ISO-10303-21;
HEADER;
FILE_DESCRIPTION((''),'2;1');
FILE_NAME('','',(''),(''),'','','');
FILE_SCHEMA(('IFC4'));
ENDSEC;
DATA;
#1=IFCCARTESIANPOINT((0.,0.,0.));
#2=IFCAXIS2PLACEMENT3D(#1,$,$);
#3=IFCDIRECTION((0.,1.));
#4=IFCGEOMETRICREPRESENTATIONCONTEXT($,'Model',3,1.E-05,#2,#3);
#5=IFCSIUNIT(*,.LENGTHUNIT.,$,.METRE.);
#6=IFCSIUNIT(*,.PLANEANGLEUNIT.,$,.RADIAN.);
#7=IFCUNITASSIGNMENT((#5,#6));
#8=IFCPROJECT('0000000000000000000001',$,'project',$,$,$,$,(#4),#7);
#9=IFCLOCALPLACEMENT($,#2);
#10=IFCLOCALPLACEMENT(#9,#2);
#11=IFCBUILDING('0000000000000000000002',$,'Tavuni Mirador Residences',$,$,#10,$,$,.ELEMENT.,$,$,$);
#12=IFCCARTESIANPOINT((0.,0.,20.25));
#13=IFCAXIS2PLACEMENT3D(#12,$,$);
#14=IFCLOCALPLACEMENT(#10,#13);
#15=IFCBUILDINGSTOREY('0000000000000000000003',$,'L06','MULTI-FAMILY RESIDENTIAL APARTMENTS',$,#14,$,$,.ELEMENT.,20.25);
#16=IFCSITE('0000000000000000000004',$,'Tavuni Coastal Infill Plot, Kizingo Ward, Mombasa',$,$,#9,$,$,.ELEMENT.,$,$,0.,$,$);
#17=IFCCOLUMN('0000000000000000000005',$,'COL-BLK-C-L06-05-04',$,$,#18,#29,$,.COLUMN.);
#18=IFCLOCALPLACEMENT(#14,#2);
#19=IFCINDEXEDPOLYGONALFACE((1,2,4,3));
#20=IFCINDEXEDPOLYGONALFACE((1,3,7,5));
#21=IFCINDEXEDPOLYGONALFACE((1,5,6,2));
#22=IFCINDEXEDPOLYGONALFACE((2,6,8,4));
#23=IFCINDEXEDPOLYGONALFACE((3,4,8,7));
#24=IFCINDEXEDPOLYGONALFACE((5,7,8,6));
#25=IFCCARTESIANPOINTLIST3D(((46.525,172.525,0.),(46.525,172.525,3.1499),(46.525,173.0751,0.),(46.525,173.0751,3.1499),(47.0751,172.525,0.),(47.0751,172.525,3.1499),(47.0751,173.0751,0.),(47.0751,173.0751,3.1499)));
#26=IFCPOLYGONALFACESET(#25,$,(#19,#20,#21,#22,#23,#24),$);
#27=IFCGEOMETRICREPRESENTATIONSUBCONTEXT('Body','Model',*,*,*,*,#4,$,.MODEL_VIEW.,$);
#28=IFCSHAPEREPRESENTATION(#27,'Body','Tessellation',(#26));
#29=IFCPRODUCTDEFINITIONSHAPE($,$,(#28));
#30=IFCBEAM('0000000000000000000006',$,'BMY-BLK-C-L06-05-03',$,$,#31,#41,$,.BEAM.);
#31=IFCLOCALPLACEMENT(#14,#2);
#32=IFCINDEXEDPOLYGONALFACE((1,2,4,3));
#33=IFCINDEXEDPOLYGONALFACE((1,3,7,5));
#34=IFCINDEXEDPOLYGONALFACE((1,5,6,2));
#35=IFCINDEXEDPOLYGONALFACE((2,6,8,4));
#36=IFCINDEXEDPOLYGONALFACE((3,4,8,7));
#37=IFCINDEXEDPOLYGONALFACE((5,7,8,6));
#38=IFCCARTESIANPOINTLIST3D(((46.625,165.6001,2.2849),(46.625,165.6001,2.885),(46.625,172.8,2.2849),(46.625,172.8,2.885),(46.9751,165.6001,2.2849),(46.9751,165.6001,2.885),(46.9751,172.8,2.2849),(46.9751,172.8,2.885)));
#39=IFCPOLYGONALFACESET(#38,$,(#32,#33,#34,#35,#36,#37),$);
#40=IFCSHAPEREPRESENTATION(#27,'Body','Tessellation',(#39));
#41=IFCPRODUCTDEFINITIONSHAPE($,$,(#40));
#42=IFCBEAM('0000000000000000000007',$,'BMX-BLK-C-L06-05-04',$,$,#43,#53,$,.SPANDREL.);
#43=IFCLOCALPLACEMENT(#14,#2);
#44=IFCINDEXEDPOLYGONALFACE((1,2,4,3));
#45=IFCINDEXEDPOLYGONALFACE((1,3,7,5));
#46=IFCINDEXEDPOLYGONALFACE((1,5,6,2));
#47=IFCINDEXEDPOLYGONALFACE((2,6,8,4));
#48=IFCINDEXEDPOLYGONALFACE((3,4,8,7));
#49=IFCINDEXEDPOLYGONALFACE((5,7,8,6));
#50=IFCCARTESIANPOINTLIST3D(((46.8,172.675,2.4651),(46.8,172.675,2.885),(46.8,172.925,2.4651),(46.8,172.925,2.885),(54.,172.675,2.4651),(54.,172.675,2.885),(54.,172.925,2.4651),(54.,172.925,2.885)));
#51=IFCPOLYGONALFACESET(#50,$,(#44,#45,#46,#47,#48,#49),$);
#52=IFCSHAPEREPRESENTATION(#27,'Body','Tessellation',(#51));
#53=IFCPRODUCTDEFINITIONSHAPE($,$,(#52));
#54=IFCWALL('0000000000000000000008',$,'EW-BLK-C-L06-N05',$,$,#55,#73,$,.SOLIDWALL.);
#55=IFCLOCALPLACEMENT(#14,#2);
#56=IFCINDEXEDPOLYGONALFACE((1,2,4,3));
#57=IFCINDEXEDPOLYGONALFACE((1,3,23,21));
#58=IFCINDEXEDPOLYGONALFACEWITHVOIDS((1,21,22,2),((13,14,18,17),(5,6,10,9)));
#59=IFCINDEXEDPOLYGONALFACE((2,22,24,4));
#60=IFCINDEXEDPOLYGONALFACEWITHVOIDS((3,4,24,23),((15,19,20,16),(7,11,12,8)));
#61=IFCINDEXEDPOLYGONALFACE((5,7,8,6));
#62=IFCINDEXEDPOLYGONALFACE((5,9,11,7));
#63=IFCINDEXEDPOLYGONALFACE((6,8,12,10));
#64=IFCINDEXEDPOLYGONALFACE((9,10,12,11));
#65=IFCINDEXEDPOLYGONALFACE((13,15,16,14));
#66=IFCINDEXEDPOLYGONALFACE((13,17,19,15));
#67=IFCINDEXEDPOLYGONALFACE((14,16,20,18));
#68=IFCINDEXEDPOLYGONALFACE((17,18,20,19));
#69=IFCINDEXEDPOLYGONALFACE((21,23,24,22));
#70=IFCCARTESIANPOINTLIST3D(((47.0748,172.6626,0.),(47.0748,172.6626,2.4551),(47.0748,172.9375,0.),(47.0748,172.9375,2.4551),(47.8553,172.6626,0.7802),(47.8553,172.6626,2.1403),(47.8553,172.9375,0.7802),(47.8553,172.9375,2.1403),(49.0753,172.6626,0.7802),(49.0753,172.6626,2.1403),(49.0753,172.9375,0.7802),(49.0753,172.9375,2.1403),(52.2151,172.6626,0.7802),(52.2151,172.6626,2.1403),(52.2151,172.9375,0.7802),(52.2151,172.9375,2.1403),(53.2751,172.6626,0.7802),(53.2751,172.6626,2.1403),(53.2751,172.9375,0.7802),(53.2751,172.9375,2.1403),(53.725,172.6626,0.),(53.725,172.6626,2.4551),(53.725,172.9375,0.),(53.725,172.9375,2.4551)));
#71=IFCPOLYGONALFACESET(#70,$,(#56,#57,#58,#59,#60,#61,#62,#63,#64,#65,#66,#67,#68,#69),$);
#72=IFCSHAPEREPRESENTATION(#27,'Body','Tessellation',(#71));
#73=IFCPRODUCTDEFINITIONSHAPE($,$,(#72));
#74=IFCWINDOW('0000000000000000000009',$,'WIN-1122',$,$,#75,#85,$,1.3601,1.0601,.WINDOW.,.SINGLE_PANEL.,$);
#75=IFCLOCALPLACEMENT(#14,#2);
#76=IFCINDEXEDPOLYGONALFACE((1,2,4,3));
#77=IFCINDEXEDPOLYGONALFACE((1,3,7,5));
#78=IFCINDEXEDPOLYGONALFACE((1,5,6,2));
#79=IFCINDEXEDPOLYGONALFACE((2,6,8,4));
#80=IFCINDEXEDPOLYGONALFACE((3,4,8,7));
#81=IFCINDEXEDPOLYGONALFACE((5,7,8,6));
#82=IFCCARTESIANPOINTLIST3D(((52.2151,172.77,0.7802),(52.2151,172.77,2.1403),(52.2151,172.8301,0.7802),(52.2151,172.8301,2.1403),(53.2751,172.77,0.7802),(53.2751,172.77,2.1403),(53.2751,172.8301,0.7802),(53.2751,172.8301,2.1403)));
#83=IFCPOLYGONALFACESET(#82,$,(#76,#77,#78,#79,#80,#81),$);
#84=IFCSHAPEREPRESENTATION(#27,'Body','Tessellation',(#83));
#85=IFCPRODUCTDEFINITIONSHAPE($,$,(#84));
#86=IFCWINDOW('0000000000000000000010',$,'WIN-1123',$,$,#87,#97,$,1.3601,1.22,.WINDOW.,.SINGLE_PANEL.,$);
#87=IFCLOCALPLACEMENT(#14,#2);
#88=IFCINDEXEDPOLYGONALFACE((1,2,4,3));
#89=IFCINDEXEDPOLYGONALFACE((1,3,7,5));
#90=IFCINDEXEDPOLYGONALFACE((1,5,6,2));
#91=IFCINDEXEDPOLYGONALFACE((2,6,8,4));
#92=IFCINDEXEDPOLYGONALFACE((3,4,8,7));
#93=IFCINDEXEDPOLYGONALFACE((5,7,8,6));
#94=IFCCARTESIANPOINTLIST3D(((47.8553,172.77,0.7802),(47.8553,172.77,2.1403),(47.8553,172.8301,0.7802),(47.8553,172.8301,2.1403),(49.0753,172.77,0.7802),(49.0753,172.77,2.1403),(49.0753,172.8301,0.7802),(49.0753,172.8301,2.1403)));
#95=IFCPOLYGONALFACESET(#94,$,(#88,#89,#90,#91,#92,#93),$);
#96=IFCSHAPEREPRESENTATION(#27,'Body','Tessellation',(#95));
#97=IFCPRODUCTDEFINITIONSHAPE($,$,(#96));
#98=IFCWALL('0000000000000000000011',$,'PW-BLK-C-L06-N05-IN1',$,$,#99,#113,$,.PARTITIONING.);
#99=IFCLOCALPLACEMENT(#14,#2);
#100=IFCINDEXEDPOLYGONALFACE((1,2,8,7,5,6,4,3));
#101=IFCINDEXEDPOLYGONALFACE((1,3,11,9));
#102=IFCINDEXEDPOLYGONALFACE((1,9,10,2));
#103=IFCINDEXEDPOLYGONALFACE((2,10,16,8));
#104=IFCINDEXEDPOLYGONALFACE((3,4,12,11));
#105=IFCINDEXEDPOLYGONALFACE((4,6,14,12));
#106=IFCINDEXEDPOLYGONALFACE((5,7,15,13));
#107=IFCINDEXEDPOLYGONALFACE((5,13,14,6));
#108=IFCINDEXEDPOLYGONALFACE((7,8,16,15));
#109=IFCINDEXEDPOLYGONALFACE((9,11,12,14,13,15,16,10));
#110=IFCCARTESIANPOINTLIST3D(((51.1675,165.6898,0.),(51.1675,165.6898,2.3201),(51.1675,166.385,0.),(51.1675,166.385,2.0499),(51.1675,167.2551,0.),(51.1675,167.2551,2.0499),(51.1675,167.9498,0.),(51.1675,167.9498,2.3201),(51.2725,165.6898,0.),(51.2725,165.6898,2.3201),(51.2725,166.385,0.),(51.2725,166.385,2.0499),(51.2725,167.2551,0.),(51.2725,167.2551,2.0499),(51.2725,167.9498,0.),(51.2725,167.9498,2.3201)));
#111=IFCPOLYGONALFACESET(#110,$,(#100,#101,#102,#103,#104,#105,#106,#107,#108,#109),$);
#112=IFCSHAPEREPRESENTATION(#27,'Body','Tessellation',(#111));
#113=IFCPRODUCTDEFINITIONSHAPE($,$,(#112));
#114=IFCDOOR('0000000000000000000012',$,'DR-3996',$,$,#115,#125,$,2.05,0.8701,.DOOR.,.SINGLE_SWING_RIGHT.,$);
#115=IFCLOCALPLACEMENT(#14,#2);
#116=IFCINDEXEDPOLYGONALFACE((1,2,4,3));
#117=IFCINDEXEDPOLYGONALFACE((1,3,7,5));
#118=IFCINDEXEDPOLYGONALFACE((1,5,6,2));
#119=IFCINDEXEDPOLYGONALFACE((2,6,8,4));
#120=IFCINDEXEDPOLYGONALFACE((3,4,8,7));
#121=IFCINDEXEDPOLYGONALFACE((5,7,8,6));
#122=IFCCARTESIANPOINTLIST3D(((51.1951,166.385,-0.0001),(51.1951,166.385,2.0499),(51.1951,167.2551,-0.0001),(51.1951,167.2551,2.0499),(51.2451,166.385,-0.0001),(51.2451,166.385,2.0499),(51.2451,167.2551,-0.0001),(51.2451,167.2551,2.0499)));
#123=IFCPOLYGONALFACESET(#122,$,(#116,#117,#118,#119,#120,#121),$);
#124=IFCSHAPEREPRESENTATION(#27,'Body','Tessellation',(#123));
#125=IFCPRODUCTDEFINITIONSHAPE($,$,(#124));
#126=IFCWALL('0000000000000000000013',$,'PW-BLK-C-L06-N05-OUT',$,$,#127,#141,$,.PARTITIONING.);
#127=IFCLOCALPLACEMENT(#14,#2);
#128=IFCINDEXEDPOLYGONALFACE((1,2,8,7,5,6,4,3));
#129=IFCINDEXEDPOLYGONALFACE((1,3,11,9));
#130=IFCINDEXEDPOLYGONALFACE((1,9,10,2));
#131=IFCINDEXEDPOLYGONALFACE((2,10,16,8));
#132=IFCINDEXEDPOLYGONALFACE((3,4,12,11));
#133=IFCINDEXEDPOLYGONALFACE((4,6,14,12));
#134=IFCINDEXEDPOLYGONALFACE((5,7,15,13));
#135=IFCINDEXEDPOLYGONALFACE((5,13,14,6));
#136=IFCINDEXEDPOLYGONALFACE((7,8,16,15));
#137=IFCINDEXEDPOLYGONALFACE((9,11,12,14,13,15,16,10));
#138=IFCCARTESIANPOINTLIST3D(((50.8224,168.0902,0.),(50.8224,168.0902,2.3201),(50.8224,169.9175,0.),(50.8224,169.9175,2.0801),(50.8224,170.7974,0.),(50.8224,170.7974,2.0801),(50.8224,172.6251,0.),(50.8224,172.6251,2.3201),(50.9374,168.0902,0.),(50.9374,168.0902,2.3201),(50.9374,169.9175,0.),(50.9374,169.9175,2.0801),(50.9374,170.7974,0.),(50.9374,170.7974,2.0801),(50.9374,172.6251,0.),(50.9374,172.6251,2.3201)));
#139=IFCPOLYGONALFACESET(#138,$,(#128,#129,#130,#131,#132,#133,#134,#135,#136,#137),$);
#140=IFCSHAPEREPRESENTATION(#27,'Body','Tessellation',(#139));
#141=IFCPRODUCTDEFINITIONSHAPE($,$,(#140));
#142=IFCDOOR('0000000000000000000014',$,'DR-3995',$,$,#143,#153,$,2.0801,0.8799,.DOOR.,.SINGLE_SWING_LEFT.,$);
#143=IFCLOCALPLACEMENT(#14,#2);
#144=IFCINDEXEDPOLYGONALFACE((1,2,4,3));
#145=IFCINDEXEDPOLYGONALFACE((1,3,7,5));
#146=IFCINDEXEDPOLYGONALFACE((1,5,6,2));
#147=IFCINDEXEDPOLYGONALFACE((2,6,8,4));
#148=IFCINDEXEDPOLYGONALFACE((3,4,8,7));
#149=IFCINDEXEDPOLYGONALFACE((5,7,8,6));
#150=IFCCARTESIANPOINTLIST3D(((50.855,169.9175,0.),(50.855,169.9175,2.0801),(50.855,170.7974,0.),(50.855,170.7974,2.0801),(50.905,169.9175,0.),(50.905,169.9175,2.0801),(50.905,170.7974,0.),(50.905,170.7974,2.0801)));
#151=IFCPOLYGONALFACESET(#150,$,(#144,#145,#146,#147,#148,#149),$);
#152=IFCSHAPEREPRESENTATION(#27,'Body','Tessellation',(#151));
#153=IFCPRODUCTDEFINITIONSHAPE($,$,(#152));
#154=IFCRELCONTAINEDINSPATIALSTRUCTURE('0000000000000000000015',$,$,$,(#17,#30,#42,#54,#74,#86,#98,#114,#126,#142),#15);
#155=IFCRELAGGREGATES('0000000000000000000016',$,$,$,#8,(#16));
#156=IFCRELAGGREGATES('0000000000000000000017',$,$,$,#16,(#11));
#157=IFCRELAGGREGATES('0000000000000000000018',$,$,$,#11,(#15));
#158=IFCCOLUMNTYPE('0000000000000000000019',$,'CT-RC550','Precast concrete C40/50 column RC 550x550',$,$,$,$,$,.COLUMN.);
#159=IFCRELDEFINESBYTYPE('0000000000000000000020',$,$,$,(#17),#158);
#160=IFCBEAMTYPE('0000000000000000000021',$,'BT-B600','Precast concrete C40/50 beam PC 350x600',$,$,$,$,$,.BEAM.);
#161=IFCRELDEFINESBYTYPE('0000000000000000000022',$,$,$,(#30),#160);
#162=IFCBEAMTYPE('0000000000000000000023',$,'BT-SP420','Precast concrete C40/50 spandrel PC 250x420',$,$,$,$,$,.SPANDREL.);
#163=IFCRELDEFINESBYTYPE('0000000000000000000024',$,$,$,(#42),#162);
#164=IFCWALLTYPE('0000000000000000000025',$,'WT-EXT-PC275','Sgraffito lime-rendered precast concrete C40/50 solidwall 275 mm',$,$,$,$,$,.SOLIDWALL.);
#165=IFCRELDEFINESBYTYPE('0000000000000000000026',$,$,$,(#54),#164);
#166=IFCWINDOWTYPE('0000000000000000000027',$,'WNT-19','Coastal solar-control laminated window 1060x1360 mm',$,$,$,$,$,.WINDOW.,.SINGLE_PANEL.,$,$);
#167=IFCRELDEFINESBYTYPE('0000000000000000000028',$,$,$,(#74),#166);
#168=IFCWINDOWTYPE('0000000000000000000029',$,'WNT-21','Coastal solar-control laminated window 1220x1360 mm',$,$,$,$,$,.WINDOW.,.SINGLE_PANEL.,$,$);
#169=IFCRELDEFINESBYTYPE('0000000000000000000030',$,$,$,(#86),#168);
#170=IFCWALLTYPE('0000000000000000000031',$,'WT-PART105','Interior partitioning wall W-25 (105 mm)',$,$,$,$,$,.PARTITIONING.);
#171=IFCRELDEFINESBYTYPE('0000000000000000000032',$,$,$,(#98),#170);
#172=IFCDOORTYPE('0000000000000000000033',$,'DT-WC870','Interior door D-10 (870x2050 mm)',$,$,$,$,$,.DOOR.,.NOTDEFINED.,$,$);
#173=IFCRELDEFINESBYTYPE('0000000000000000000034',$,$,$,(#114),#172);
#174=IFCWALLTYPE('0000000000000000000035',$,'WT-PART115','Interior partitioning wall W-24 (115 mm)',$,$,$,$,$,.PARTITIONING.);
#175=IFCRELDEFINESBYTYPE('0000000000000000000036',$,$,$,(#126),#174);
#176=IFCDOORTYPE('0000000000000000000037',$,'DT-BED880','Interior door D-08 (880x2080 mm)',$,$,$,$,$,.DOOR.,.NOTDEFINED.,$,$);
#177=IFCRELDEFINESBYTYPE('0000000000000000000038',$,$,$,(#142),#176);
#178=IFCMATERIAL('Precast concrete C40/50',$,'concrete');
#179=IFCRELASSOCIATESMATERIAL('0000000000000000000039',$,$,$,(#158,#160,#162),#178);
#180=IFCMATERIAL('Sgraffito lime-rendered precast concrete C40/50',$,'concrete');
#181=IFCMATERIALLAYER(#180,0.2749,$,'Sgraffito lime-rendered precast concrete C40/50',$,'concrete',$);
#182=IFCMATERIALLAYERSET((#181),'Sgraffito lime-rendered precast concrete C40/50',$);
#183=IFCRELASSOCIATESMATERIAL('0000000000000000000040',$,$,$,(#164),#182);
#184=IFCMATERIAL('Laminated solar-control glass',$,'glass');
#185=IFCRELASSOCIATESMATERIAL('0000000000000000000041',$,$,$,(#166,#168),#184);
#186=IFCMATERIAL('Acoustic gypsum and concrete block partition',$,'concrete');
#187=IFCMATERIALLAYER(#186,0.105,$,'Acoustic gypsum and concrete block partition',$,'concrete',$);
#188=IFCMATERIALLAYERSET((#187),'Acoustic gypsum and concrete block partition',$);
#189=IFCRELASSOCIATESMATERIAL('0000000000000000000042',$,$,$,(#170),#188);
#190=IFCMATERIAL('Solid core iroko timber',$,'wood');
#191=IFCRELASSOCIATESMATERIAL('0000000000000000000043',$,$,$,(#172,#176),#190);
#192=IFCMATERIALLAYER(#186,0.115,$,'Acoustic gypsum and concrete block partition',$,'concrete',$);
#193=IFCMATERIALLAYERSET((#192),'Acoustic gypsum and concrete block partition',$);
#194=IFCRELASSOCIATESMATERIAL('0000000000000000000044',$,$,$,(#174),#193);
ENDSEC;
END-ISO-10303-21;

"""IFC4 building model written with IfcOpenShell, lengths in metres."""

from ifc_helpers import new_model, si_unit, direction, frame, frame_2d, origin, origin_2d, place, context, subcontext, project, spatial, rectangle, extrude, material, layer, layer_set, material_profile, profile_set, type_object, element, fill, save


model = new_model("IFC4")

# Units and contexts
model_context = context("Model", 3, precision=1e-05, world=origin(), true_north=direction((0.0, 1.0)))
body_context = subcontext(model_context, "Body", "Model", "MODEL_VIEW")
ifc_project = project(units=[si_unit("LENGTHUNIT", "METRE"), si_unit("PLANEANGLEUNIT", "RADIAN")], contexts=[model_context])

# Site, building, storey
site_placement = place(None, origin())
site = spatial("IfcSite", under=ifc_project, at=site_placement, Name="Tavuni Coastal Infill Plot, Kizingo Ward, Mombasa", CompositionType="ELEMENT", RefElevation=0.0)
building_placement = place(site_placement, origin())
building = spatial("IfcBuilding", under=site, at=building_placement, Name="Tavuni Mirador Residences", CompositionType="ELEMENT")
storey_placement = place(building_placement, frame((0.0, 0.0, 20.25)))
storey = spatial("IfcBuildingStorey", under=building, at=storey_placement, Name="L06", Description="MULTI-FAMILY RESIDENTIAL APARTMENTS", CompositionType="ELEMENT", Elevation=20.25)

# Column
ifc_material_1 = material(Name="Precast concrete C40/50", Category="concrete")
ifc_material_profile_1 = material_profile(ifc_material_1, rectangle(XDim=0.55, YDim=0.55, at=origin_2d()), Name="RC 550x550", Category="concrete")
ifc_profile_set_1 = profile_set([ifc_material_profile_1], Name="Precast concrete C40/50")
column_type = type_object("IfcColumnType", Name="CT-RC550", Description="Precast concrete C40/50 column RC 550x550", PredefinedType="COLUMN", material=ifc_profile_set_1)
column_placement = place(storey_placement, frame((46.8, 172.8, 0.0), z_axis=(0.0, 0.0, 1.0), x_axis=(1.0, 0.0, 0.0)))
element("IfcColumn", 1, at=column_placement, inside=storey, type_object=column_type, Name="COL-BLK-C-L06-05-04", PredefinedType="COLUMN", context=body_context, shape_type="SweptSolid", body=[
    extrude(rectangle(XDim=0.55, YDim=0.55, at=origin_2d()), origin(), (0.0, 0.0, 1.0), 3.1499),
])

# Beams
ifc_material_profile_2 = material_profile(ifc_material_1, rectangle(XDim=0.3501, YDim=0.6001, at=origin_2d()), Name="PC 350x600", Category="concrete")
ifc_profile_set_2 = profile_set([ifc_material_profile_2], Name="Precast concrete C40/50")
beam_type_1 = type_object("IfcBeamType", Name="BT-B600", Description="Precast concrete C40/50 beam PC 350x600", PredefinedType="BEAM", material=ifc_profile_set_2)
beam_1_placement = place(storey_placement, frame((46.8, 165.6001, 2.585), z_axis=(0.0, 1.0, 0.0), x_axis=(-1.0, 0.0, 0.0)))
element("IfcBeam", 2, at=beam_1_placement, inside=storey, type_object=beam_type_1, Name="BMY-BLK-C-L06-05-03", PredefinedType="BEAM", context=body_context, shape_type="SweptSolid", body=[
    extrude(rectangle(XDim=0.3501, YDim=0.6001, at=origin_2d()), origin(), (0.0, 0.0, 1.0), 7.2),
])
ifc_material_profile_3 = material_profile(ifc_material_1, rectangle(XDim=0.25, YDim=0.4199, at=origin_2d()), Name="PC 250x420", Category="concrete")
ifc_profile_set_3 = profile_set([ifc_material_profile_3], Name="Precast concrete C40/50")
beam_type_2 = type_object("IfcBeamType", Name="BT-SP420", Description="Precast concrete C40/50 spandrel PC 250x420", PredefinedType="SPANDREL", material=ifc_profile_set_3)
beam_2_placement = place(storey_placement, frame((46.8, 172.8, 2.675), z_axis=(1.0, 0.0, 0.0), x_axis=(0.0, 1.0, 0.0)))
element("IfcBeam", 3, at=beam_2_placement, inside=storey, type_object=beam_type_2, Name="BMX-BLK-C-L06-05-04", PredefinedType="SPANDREL", context=body_context, shape_type="SweptSolid", body=[
    extrude(rectangle(XDim=0.25, YDim=0.4199, at=origin_2d()), origin(), (0.0, 0.0, 1.0), 7.2),
])

# Shared definitions
ifc_material_2 = material(Name="Solid core iroko timber", Category="wood")

# Wall, openings, windows
ifc_material_3 = material(Name="Sgraffito lime-rendered precast concrete C40/50", Category="concrete")
ifc_layer_1 = layer(ifc_material_3, 0.2749, Name="Sgraffito lime-rendered precast concrete C40/50", Category="concrete")
ifc_layer_set_1 = layer_set([ifc_layer_1], Name="Sgraffito lime-rendered precast concrete C40/50")
wall_type_1 = type_object("IfcWallType", Name="WT-EXT-PC275", Description="Sgraffito lime-rendered precast concrete C40/50 solidwall 275 mm", PredefinedType="SOLIDWALL", material=ifc_layer_set_1)
wall_1_placement = place(storey_placement, frame((53.7251, 172.8, 0.0), z_axis=(0.0, 0.0, 1.0), x_axis=(-1.0, 0.0, 0.0)))
wall_1 = element("IfcWall", 4, at=wall_1_placement, inside=storey, type_object=wall_type_1, Name="EW-BLK-C-L06-N05", PredefinedType="SOLIDWALL", context=body_context, shape_type="SweptSolid", body=[
    extrude(rectangle(XDim=6.6501, YDim=0.2749, at=frame_2d((3.3252, 0.0))), origin(), (0.0, 0.0, 1.0), 2.4551),
])
opening_1_placement = place(wall_1_placement, frame((0.45, 0.0, 0.78)))
opening_1 = element("IfcOpeningElement", 5, at=opening_1_placement, cuts=wall_1, PredefinedType="OPENING", context=body_context, shape_type="SweptSolid", body=[
    extrude(rectangle(XDim=1.0601, YDim=1.3601, at=frame_2d((0.53, 0.6802))), frame((0.0, 0.1475, 0.0), z_axis=(0.0, -1.0, 0.0), x_axis=(1.0, 0.0, 0.0)), (0.0, 0.0, 1.0), 0.2949),
])
opening_2_placement = place(wall_1_placement, frame((4.6499, 0.0, 0.78)))
opening_2 = element("IfcOpeningElement", 6, at=opening_2_placement, cuts=wall_1, PredefinedType="OPENING", context=body_context, shape_type="SweptSolid", body=[
    extrude(rectangle(XDim=1.22, YDim=1.3601, at=frame_2d((0.6099, 0.6802))), frame((0.0, 0.1475, 0.0), z_axis=(0.0, -1.0, 0.0), x_axis=(1.0, 0.0, 0.0)), (0.0, 0.0, 1.0), 0.2949),
])
ifc_material_4 = material(Name="Laminated solar-control glass", Category="glass")
window_type_1 = type_object("IfcWindowType", Name="WNT-19", Description="Coastal solar-control laminated window 1060x1360 mm", PartitioningType="SINGLE_PANEL", PredefinedType="WINDOW", material=ifc_material_4)
window_1_placement = place(opening_1_placement, origin())
window_1 = element("IfcWindow", 7, at=window_1_placement, inside=storey, type_object=window_type_1, Name="WIN-1122", OverallHeight=1.3601, OverallWidth=1.0601, PartitioningType="SINGLE_PANEL", PredefinedType="WINDOW", context=body_context, shape_type="SweptSolid", body=[
    extrude(rectangle(XDim=1.0601, YDim=1.3601, at=frame_2d((0.53, 0.6802))), frame((0.0, 0.03, 0.0), z_axis=(0.0, -1.0, 0.0), x_axis=(1.0, 0.0, 0.0)), (0.0, 0.0, 1.0), 0.0601),
])
fill(opening_1, window_1)
window_type_2 = type_object("IfcWindowType", Name="WNT-21", Description="Coastal solar-control laminated window 1220x1360 mm", PartitioningType="SINGLE_PANEL", PredefinedType="WINDOW", material=ifc_material_4)
window_2_placement = place(opening_2_placement, origin())
window_2 = element("IfcWindow", 8, at=window_2_placement, inside=storey, type_object=window_type_2, Name="WIN-1123", OverallHeight=1.3601, OverallWidth=1.22, PartitioningType="SINGLE_PANEL", PredefinedType="WINDOW", context=body_context, shape_type="SweptSolid", body=[
    extrude(rectangle(XDim=1.22, YDim=1.3601, at=frame_2d((0.6099, 0.6802))), frame((0.0, 0.03, 0.0), z_axis=(0.0, -1.0, 0.0), x_axis=(1.0, 0.0, 0.0)), (0.0, 0.0, 1.0), 0.0601),
])
fill(opening_2, window_2)

# Walls, openings, doors
ifc_material_5 = material(Name="Acoustic gypsum and concrete block partition", Category="concrete")
ifc_layer_2 = layer(ifc_material_5, 0.105, Name="Acoustic gypsum and concrete block partition", Category="concrete")
ifc_layer_set_2 = layer_set([ifc_layer_2], Name="Acoustic gypsum and concrete block partition")
wall_type_2 = type_object("IfcWallType", Name="WT-PART105", Description="Interior partitioning wall W-25 (105 mm)", PredefinedType="PARTITIONING", material=ifc_layer_set_2)
wall_2_placement = place(storey_placement, frame((51.22, 165.6899, 0.0), z_axis=(0.0, 0.0, 1.0), x_axis=(0.0, 1.0, 0.0)))
wall_2 = element("IfcWall", 9, at=wall_2_placement, inside=storey, type_object=wall_type_2, Name="PW-BLK-C-L06-N05-IN1", PredefinedType="PARTITIONING", context=body_context, shape_type="SweptSolid", body=[
    extrude(rectangle(XDim=2.26, YDim=0.105, at=frame_2d((1.1299, 0.0))), origin(), (0.0, 0.0, 1.0), 2.3201),
])
opening_3_placement = place(wall_2_placement, frame((0.6951, 0.0, 0.0)))
opening_3 = element("IfcOpeningElement", 10, at=opening_3_placement, cuts=wall_2, PredefinedType="OPENING", context=body_context, shape_type="SweptSolid", body=[
    extrude(rectangle(XDim=0.8701, YDim=2.05, at=frame_2d((0.4351, 1.0249))), frame((0.0, 0.0625, 0.0), z_axis=(0.0, -1.0, 0.0), x_axis=(1.0, 0.0, 0.0)), (0.0, 0.0, 1.0), 0.125),
])
door_type_1 = type_object("IfcDoorType", Name="DT-WC870", Description="Interior door D-10 (870x2050 mm)", OperationType="NOTDEFINED", PredefinedType="DOOR", material=ifc_material_2)
door_1_placement = place(opening_3_placement, origin())
door_1 = element("IfcDoor", 11, at=door_1_placement, inside=storey, type_object=door_type_1, Name="DR-3996", OperationType="SINGLE_SWING_RIGHT", OverallHeight=2.05, OverallWidth=0.8701, PredefinedType="DOOR", context=body_context, shape_type="SweptSolid", body=[
    extrude(rectangle(XDim=0.8701, YDim=2.05, at=frame_2d((0.4351, 1.0249))), frame((0.0, 0.0249, 0.0), z_axis=(0.0, -1.0, 0.0), x_axis=(1.0, 0.0, 0.0)), (0.0, 0.0, 1.0), 0.05),
])
fill(opening_3, door_1)
ifc_layer_3 = layer(ifc_material_5, 0.115, Name="Acoustic gypsum and concrete block partition", Category="concrete")
ifc_layer_set_3 = layer_set([ifc_layer_3], Name="Acoustic gypsum and concrete block partition")
wall_type_3 = type_object("IfcWallType", Name="WT-PART115", Description="Interior partitioning wall W-24 (115 mm)", PredefinedType="PARTITIONING", material=ifc_layer_set_3)
wall_3_placement = place(storey_placement, frame((50.8799, 168.0901, 0.0), z_axis=(0.0, 0.0, 1.0), x_axis=(0.0, 1.0, 0.0)))
wall_3 = element("IfcWall", 12, at=wall_3_placement, inside=storey, type_object=wall_type_3, Name="PW-BLK-C-L06-N05-OUT", PredefinedType="PARTITIONING", context=body_context, shape_type="SweptSolid", body=[
    extrude(rectangle(XDim=4.5349, YDim=0.115, at=frame_2d((2.2676, 0.0))), origin(), (0.0, 0.0, 1.0), 2.3201),
])
opening_4_placement = place(wall_3_placement, frame((1.8274, 0.0, 0.0)))
opening_4 = element("IfcOpeningElement", 13, at=opening_4_placement, cuts=wall_3, PredefinedType="OPENING", context=body_context, shape_type="SweptSolid", body=[
    extrude(rectangle(XDim=0.8799, YDim=2.0801, at=frame_2d((0.4399, 1.04))), frame((0.0, 0.0674, 0.0), z_axis=(0.0, -1.0, 0.0), x_axis=(1.0, 0.0, 0.0)), (0.0, 0.0, 1.0), 0.135),
])
door_type_2 = type_object("IfcDoorType", Name="DT-BED880", Description="Interior door D-08 (880x2080 mm)", OperationType="NOTDEFINED", PredefinedType="DOOR", material=ifc_material_2)
door_2_placement = place(opening_4_placement, origin())
door_2 = element("IfcDoor", 14, at=door_2_placement, inside=storey, type_object=door_type_2, Name="DR-3995", OperationType="SINGLE_SWING_LEFT", OverallHeight=2.0801, OverallWidth=0.8799, PredefinedType="DOOR", context=body_context, shape_type="SweptSolid", body=[
    extrude(rectangle(XDim=0.8799, YDim=2.0801, at=frame_2d((0.4399, 1.04))), frame((0.0, 0.0249, 0.0), z_axis=(0.0, -1.0, 0.0), x_axis=(1.0, 0.0, 0.0)), (0.0, 0.0, 1.0), 0.05),
])
fill(opening_4, door_2)

save(model, "model.ifc")
